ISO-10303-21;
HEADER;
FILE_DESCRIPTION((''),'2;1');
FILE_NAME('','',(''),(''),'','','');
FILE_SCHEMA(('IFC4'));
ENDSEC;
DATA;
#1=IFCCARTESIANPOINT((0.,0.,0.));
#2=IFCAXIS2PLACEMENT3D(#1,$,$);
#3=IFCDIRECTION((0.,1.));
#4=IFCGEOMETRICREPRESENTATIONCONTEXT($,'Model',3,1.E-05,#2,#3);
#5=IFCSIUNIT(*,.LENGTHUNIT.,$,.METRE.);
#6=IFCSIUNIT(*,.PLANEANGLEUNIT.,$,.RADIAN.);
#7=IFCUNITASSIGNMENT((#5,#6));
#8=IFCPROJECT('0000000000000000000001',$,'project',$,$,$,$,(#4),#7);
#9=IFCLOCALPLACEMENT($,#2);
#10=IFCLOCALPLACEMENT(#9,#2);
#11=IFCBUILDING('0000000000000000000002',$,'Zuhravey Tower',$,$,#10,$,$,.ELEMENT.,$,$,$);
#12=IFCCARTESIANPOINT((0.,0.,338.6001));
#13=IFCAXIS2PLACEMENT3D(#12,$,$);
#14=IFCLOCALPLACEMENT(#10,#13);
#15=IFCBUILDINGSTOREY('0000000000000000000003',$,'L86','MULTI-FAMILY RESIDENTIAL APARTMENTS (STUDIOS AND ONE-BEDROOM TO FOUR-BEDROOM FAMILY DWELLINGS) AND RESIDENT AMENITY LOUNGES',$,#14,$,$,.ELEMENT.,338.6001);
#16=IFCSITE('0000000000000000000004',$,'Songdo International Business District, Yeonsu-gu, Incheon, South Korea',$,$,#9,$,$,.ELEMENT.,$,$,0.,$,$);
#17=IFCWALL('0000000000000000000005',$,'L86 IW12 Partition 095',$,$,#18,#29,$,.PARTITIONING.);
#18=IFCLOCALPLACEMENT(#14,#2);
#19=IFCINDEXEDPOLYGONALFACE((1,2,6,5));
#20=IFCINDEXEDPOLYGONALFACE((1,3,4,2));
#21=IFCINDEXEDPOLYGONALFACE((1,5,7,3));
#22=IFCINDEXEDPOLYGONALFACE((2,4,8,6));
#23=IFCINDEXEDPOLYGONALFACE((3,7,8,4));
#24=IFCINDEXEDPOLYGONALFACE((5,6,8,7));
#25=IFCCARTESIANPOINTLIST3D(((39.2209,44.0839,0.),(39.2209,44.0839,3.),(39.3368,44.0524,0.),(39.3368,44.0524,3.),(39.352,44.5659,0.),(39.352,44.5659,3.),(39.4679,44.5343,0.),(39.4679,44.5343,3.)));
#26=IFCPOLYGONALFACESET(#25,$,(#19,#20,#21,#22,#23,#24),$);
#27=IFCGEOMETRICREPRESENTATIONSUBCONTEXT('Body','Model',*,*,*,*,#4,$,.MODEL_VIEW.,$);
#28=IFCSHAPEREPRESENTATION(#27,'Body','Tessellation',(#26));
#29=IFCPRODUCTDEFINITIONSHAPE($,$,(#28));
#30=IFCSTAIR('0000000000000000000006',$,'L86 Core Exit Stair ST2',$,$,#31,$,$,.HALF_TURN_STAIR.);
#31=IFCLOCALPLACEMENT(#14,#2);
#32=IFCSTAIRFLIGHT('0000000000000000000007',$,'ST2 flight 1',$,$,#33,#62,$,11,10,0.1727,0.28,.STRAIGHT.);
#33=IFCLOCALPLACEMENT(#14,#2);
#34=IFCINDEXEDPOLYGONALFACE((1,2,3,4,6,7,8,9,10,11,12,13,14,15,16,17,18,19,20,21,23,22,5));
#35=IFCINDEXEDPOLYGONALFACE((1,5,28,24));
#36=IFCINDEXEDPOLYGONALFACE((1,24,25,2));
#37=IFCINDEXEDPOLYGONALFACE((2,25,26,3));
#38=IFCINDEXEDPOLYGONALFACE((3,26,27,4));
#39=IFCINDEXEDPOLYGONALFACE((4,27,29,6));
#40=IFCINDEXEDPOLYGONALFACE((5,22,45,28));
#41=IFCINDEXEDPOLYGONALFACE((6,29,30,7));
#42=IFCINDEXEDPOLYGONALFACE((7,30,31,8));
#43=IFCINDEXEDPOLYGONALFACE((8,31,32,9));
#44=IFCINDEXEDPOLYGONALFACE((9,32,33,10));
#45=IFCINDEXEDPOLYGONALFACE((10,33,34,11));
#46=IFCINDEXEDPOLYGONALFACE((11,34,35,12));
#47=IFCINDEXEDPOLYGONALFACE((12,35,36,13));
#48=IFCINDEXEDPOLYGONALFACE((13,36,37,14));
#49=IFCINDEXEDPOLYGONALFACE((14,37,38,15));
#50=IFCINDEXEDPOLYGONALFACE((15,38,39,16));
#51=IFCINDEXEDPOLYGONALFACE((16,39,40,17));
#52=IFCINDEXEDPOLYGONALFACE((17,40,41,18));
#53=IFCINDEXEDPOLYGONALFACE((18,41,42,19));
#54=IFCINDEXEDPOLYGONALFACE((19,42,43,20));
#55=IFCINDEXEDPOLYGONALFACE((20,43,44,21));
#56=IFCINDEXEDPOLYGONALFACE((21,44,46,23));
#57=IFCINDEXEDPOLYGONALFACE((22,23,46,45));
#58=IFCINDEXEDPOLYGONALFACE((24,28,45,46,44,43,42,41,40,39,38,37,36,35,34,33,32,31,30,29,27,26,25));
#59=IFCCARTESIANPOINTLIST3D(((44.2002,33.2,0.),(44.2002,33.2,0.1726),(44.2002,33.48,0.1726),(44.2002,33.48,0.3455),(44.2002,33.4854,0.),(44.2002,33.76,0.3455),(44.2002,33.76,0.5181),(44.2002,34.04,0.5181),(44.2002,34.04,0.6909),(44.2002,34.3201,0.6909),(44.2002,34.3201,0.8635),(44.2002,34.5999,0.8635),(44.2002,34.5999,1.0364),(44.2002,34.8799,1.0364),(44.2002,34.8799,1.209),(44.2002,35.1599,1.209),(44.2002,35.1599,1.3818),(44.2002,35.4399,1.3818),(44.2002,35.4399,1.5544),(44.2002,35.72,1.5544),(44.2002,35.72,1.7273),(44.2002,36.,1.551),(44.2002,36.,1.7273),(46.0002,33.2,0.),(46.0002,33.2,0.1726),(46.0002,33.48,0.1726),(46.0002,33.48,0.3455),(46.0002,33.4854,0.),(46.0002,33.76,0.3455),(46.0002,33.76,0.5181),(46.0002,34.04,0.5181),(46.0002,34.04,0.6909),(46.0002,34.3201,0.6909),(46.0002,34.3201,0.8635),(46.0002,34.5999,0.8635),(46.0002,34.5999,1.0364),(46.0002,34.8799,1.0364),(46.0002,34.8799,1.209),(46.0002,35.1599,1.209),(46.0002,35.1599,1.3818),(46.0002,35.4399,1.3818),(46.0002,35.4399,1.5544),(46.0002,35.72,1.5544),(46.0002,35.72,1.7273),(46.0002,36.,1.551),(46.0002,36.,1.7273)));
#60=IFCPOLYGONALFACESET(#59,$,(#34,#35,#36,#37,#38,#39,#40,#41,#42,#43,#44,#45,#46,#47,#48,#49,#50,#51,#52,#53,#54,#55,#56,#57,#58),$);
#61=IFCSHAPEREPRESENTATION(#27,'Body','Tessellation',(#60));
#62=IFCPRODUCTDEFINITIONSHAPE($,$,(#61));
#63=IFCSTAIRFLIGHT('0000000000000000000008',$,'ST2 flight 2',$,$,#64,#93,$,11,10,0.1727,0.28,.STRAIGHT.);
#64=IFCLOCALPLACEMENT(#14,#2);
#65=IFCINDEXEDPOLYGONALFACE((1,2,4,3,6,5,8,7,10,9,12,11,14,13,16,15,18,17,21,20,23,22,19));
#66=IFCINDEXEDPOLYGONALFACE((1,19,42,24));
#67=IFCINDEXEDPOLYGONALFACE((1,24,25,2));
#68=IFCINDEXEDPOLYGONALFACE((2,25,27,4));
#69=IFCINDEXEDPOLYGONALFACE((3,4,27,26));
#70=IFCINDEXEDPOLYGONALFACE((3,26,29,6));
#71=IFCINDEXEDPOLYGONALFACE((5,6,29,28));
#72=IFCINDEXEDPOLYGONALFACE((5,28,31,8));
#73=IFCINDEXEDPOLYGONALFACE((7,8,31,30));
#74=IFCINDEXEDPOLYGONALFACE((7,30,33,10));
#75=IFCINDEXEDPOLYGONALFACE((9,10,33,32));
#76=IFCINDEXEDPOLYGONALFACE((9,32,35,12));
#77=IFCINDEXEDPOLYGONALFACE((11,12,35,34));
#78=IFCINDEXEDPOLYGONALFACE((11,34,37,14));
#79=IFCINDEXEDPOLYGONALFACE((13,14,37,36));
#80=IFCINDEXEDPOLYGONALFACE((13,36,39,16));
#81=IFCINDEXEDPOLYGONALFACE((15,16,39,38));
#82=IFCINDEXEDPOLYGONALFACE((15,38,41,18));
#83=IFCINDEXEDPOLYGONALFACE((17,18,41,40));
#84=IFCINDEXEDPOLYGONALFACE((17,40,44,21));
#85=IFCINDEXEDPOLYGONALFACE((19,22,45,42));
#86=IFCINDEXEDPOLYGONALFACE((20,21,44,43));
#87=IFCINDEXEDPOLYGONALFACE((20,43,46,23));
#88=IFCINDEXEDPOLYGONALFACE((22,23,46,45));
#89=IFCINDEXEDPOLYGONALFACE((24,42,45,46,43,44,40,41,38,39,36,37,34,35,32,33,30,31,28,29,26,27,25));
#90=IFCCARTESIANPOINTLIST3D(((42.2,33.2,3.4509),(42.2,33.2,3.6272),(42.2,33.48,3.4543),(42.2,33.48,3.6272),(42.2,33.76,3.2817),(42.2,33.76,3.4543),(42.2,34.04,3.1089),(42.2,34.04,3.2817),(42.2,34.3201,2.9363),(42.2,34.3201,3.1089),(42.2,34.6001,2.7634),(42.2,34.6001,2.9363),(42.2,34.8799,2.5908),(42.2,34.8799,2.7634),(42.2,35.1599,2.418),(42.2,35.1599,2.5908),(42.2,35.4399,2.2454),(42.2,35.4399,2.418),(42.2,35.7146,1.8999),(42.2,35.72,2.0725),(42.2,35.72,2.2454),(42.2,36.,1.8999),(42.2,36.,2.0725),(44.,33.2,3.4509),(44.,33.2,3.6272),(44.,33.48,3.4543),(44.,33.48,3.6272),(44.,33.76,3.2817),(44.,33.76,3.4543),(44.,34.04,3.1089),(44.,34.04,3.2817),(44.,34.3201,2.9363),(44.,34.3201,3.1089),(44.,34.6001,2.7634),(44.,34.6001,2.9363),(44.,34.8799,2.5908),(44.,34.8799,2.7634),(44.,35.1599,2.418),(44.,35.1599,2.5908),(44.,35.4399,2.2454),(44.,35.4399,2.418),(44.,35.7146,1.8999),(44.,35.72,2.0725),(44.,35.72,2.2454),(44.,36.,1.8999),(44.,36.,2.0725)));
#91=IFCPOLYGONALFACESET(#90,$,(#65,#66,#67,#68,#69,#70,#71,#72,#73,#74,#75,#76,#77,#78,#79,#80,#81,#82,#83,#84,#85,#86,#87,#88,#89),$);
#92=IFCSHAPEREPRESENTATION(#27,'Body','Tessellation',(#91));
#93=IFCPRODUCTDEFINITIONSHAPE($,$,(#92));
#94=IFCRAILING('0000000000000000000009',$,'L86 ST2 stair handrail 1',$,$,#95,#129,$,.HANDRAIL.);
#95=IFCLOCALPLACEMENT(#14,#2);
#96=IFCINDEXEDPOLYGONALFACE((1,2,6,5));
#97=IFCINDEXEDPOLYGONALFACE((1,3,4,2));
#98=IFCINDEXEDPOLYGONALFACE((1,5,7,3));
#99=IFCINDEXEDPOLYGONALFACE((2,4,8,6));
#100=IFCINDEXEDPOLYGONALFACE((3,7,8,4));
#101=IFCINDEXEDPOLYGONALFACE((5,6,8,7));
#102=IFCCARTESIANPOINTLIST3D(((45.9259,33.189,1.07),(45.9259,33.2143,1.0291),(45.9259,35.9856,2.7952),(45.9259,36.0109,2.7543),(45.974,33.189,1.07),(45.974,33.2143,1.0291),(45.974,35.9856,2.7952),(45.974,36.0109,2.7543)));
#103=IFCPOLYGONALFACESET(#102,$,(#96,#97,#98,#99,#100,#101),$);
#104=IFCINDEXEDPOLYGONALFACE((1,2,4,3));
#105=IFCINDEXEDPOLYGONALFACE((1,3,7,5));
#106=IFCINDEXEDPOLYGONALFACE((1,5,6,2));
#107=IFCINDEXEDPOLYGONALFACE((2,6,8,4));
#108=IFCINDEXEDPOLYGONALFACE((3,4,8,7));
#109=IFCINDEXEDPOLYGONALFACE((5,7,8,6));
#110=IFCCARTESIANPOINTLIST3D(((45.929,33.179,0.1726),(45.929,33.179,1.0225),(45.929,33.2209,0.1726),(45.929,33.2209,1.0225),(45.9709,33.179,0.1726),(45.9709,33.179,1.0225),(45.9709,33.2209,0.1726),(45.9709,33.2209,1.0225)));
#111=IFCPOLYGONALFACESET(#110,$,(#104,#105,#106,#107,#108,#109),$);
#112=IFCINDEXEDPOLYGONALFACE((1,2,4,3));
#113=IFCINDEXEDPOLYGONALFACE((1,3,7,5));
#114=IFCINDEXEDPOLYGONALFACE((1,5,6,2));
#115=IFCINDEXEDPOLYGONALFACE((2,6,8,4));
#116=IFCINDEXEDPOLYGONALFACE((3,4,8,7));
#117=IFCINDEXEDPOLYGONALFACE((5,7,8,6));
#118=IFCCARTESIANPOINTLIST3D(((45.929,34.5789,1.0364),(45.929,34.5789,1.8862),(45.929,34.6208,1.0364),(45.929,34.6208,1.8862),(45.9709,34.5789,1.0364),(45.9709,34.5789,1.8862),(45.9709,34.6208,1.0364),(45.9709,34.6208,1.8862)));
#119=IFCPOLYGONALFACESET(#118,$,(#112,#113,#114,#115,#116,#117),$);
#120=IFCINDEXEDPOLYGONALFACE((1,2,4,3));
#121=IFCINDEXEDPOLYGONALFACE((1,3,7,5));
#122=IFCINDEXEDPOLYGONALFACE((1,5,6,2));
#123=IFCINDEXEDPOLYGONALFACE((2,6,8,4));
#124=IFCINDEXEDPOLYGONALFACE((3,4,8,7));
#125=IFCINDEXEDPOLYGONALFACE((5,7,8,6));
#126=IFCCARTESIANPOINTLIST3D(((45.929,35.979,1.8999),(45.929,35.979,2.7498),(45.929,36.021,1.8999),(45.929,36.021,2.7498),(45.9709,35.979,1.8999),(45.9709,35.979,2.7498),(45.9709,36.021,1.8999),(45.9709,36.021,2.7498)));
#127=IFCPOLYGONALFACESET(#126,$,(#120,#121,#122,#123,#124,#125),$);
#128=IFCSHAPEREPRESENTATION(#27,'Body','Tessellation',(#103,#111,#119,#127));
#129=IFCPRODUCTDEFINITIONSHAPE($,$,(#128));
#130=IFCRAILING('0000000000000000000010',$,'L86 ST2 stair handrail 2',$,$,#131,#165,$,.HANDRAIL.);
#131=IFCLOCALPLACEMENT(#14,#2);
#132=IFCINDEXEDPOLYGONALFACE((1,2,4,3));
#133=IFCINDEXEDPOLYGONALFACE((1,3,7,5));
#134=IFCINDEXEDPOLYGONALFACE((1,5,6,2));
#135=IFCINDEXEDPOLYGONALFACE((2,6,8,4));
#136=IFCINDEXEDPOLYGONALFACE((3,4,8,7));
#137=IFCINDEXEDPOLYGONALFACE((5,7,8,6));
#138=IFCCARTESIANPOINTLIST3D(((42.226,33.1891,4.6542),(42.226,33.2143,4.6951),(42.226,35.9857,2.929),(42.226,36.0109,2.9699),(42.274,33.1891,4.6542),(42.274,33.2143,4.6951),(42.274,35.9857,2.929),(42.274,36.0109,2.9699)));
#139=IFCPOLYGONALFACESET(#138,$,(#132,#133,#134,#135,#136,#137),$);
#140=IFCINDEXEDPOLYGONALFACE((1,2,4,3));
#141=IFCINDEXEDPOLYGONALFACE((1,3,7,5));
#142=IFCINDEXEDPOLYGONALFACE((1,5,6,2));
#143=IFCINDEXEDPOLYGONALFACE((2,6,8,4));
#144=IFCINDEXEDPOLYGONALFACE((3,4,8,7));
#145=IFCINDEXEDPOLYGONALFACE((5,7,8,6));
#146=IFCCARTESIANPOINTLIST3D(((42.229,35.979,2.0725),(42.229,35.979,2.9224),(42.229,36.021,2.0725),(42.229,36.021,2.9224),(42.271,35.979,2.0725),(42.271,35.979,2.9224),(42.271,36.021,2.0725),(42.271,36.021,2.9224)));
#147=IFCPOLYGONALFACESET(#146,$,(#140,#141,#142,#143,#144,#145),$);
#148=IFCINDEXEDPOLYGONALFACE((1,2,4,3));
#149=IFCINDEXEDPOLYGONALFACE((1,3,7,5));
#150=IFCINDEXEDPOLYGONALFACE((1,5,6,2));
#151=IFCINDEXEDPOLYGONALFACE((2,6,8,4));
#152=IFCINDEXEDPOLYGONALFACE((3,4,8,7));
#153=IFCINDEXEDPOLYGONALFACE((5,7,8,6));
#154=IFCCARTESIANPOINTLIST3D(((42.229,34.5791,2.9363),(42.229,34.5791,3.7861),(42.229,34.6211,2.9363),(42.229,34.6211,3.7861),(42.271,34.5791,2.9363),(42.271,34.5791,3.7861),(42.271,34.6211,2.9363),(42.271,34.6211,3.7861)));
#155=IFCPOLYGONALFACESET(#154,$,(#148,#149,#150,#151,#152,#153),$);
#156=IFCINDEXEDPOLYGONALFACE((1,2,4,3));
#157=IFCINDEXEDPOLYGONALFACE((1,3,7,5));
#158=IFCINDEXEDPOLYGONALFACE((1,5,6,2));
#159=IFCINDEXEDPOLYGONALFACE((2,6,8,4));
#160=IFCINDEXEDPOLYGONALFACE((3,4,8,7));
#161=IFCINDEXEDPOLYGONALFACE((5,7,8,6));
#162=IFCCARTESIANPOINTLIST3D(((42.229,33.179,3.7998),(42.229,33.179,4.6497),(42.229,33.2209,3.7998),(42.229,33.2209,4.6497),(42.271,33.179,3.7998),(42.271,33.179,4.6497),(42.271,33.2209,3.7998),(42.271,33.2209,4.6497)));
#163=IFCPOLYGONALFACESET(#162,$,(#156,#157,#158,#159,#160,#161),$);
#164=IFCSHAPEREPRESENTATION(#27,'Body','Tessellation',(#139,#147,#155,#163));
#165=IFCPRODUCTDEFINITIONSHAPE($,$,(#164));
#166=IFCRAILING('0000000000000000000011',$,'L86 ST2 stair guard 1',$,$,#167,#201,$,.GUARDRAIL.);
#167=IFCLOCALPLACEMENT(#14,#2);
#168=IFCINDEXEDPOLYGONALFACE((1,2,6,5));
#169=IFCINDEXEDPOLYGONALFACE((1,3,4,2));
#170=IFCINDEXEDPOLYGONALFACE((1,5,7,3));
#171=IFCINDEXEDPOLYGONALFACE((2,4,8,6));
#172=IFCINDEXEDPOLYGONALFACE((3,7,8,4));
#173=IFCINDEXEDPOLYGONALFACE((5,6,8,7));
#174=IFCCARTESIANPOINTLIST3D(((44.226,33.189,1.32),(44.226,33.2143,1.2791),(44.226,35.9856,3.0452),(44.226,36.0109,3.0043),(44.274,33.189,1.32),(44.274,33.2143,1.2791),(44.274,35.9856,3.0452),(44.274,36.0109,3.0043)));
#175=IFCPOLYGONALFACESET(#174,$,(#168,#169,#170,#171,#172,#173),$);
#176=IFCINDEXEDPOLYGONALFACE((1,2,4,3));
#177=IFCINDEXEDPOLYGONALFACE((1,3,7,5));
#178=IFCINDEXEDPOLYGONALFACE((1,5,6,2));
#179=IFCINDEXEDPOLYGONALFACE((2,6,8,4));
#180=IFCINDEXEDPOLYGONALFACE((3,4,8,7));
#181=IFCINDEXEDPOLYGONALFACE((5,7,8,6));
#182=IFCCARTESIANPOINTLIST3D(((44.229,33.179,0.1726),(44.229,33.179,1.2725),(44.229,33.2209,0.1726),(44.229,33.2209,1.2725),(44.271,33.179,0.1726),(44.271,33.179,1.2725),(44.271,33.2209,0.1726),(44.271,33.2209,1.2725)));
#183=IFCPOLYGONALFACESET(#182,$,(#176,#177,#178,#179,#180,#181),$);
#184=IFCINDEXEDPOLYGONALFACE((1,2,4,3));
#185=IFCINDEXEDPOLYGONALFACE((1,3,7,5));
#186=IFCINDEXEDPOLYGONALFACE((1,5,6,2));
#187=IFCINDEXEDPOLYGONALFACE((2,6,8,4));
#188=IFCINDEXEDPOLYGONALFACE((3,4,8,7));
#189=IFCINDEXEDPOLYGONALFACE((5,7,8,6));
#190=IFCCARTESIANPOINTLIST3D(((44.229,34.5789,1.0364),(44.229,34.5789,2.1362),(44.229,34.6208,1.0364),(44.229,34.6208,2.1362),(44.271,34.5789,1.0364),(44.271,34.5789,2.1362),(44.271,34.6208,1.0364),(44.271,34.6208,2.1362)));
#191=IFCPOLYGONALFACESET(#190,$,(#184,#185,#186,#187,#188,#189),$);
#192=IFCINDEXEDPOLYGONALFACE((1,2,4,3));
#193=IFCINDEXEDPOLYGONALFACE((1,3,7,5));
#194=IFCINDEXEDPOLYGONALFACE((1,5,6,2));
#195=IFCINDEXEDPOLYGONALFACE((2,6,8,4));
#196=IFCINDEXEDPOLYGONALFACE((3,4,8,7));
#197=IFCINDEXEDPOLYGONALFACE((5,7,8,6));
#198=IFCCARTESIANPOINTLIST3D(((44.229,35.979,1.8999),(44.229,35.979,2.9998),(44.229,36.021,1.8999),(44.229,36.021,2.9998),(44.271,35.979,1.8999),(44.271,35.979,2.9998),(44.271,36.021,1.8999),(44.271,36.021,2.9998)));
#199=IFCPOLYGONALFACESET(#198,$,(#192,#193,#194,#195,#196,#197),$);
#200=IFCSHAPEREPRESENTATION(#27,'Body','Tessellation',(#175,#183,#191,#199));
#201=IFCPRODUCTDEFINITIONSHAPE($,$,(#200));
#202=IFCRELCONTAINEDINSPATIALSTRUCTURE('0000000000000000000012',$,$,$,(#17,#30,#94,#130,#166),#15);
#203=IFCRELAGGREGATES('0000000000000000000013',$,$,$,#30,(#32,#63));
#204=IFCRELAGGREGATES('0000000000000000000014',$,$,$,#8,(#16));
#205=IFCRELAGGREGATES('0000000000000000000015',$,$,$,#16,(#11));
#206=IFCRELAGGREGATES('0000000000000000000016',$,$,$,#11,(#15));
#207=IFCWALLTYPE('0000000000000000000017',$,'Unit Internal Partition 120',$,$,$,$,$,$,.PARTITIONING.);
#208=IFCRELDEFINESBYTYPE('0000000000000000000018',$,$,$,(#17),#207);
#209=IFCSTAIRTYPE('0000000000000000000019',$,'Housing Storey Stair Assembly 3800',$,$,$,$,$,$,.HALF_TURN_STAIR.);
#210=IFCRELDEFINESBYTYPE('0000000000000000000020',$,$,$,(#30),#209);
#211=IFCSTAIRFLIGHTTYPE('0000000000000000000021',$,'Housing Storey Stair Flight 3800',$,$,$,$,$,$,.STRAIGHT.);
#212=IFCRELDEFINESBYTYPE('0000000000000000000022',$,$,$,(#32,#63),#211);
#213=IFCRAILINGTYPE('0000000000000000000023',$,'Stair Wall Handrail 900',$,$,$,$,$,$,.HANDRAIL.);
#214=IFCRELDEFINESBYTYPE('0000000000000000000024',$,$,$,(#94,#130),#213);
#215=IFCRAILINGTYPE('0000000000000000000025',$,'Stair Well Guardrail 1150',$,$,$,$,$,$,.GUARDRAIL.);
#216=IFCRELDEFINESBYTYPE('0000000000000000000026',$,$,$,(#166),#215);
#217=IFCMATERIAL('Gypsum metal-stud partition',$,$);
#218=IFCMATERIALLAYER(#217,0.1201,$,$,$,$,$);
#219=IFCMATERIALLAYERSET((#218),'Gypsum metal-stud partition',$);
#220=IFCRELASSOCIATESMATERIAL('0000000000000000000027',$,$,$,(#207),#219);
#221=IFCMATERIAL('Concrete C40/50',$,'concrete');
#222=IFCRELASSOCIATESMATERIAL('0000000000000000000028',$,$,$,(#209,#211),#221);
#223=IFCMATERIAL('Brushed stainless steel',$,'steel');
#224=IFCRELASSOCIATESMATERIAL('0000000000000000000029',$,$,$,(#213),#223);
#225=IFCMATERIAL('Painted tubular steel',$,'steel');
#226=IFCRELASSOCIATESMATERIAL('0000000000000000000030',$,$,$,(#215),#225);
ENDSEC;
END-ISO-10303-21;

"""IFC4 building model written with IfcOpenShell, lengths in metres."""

from ifc_helpers import new_model, si_unit, direction, frame, frame_2d, origin, origin_2d, place, context, subcontext, project, spatial, polyline, rectangle, outline, extrude, material, layer, layer_set, type_object, element, aggregate, save


model = new_model("IFC4")

# Units and contexts
model_context = context("Model", 3, precision=1e-05, world=origin(), true_north=direction((0.0, 1.0)))
body_context = subcontext(model_context, "Body", "Model", "MODEL_VIEW")
ifc_project = project(units=[si_unit("LENGTHUNIT", "METRE"), si_unit("PLANEANGLEUNIT", "RADIAN")], contexts=[model_context])

# Site, building, storey
site_placement = place(None, origin())
site = spatial("IfcSite", under=ifc_project, at=site_placement, Name="Songdo International Business District, Yeonsu-gu, Incheon, South Korea", CompositionType="ELEMENT", RefElevation=0.0)
building_placement = place(site_placement, origin())
building = spatial("IfcBuilding", under=site, at=building_placement, Name="Zuhravey Tower", CompositionType="ELEMENT")
storey_placement = place(building_placement, frame((0.0, 0.0, 338.6001)))
storey = spatial("IfcBuildingStorey", under=building, at=storey_placement, Name="L86", Description="MULTI-FAMILY RESIDENTIAL APARTMENTS (STUDIOS AND ONE-BEDROOM TO FOUR-BEDROOM FAMILY DWELLINGS) AND RESIDENT AMENITY LOUNGES", CompositionType="ELEMENT", Elevation=338.6001)

# Shared definitions
ifc_material_1 = material(Name="Gypsum metal-stud partition")
ifc_layer_1 = layer(ifc_material_1, 0.1201)
ifc_layer_set_1 = layer_set([ifc_layer_1], Name="Gypsum metal-stud partition")
wall_type_1 = type_object("IfcWallType", Name="Unit Internal Partition 120", PredefinedType="PARTITIONING", material=ifc_layer_set_1)

# Wall
wall_1_placement = place(storey_placement, frame((39.2788, 44.0681, 0.0), z_axis=(0.0, 0.0, 1.0), x_axis=(0.262497, 0.964933, 0.0)))
element("IfcWall", 1, at=wall_1_placement, inside=storey, type_object=wall_type_1, Name="L86 IW12 Partition 095", PredefinedType="PARTITIONING", context=body_context, shape_type="SweptSolid", body=[
    extrude(rectangle(XDim=0.4995, YDim=0.1201, at=frame_2d((0.2498, 0.0))), origin(), (0.0, 0.0, 1.0), 3.0),
])

# Stair, stair flights
ifc_material_2 = material(Name="Concrete C40/50", Category="concrete")
stair_type = type_object("IfcStairType", Name="Housing Storey Stair Assembly 3800", PredefinedType="HALF_TURN_STAIR", material=ifc_material_2)
stair_placement = place(storey_placement, origin())
stair = element("IfcStair", 2, at=stair_placement, inside=storey, type_object=stair_type, Name="L86 Core Exit Stair ST2", PredefinedType="HALF_TURN_STAIR")
stair_flight_type = type_object("IfcStairFlightType", Name="Housing Storey Stair Flight 3800", PredefinedType="STRAIGHT", material=ifc_material_2)
stair_flight_1_placement = place(storey_placement, frame((45.1001, 33.2, 0.0), z_axis=(0.0, 0.0, 1.0), x_axis=(0.0, 1.0, 0.0)))
stair_flight_1 = element("IfcStairFlight", 3, at=stair_flight_1_placement, type_object=stair_flight_type, Name="ST2 flight 1", NumberOfRisers=11, NumberOfTreads=10, PredefinedType="STRAIGHT", RiserHeight=0.1727, TreadLength=0.28, context=body_context, shape_type="SweptSolid", body=[
    extrude(outline(polyline([(0.0, 0.0), (0.0, 0.1726), (0.28, 0.1726), (0.28, 0.3455), (0.5601, 0.3455), (0.5601, 0.5181), (0.8401, 0.5181), (0.8401, 0.6909), (1.1201, 0.6909), (1.1201, 0.8635), (1.3999, 0.8635), (1.3999, 1.0364), (1.6799, 1.0364), (1.6799, 1.209), (1.96, 1.209), (1.96, 1.3818), (2.24, 1.3818), (2.24, 1.5544), (2.52, 1.5544), (2.52, 1.7273), (2.8, 1.7273), (2.8, 1.8999), (2.8, 1.551), (0.2854, 0.0), (0.0, 0.0)])), frame((0.0, 0.8999, 0.0), z_axis=(0.0, -1.0, 0.0), x_axis=(1.0, 0.0, 0.0)), (0.0, 0.0, 1.0), 1.8),
])
stair_flight_2_placement = place(storey_placement, frame((43.1001, 36.0, 1.8999), z_axis=(0.0, 0.0, 1.0), x_axis=(0.0, -1.0, 0.0)))
stair_flight_2 = element("IfcStairFlight", 4, at=stair_flight_2_placement, type_object=stair_flight_type, Name="ST2 flight 2", NumberOfRisers=11, NumberOfTreads=10, PredefinedType="STRAIGHT", RiserHeight=0.1727, TreadLength=0.28, context=body_context, shape_type="SweptSolid", body=[
    extrude(outline(polyline([(0.0, 0.0), (0.0, 0.1726), (0.28, 0.1726), (0.28, 0.3455), (0.5601, 0.3455), (0.5601, 0.5181), (0.8401, 0.5181), (0.8401, 0.6909), (1.1201, 0.6909), (1.1201, 0.8635), (1.3999, 0.8635), (1.3999, 1.0364), (1.6799, 1.0364), (1.6799, 1.209), (1.96, 1.209), (1.96, 1.3818), (2.24, 1.3818), (2.24, 1.5544), (2.52, 1.5544), (2.52, 1.7273), (2.8, 1.7273), (2.8, 1.8999), (2.8, 1.551), (0.2854, 0.0), (0.0, 0.0)])), frame((0.0, 0.8999, 0.0), z_axis=(0.0, -1.0, 0.0), x_axis=(1.0, 0.0, 0.0)), (0.0, 0.0, 1.0), 1.8),
])
aggregate(stair, [stair_flight_1, stair_flight_2])

# Railings
ifc_material_3 = material(Name="Brushed stainless steel", Category="steel")
railing_type_1 = type_object("IfcRailingType", Name="Stair Wall Handrail 900", PredefinedType="HANDRAIL", material=ifc_material_3)
railing_1_placement = place(storey_placement, frame((45.95, 33.2, 0.1726)))
element("IfcRailing", 5, at=railing_1_placement, inside=storey, type_object=railing_type_1, Name="L86 ST2 stair handrail 1", PredefinedType="HANDRAIL", context=body_context, shape_type="SweptSolid", body=[
    extrude(rectangle(XDim=0.0481, YDim=0.0481, at=origin_2d()), frame((0.0, 0.0017, 0.877), z_axis=(0.0, 0.85109, 0.52502), x_axis=(-1.0, 0.0, 0.0)), (0.0, 0.0, 1.0), 3.2859),
    extrude(rectangle(XDim=0.042, YDim=0.042, at=origin_2d()), origin(), (0.0, 0.0, 1.0), 0.8499),
    extrude(rectangle(XDim=0.042, YDim=0.042, at=origin_2d()), frame((0.0, 1.3999, 0.8638)), (0.0, 0.0, 1.0), 0.8499),
    extrude(rectangle(XDim=0.042, YDim=0.042, at=origin_2d()), frame((0.0, 2.8, 1.7273)), (0.0, 0.0, 1.0), 0.8499),
])
railing_2_placement = place(storey_placement, frame((42.25, 36.0, 2.0725)))
element("IfcRailing", 6, at=railing_2_placement, inside=storey, type_object=railing_type_1, Name="L86 ST2 stair handrail 2", PredefinedType="HANDRAIL", context=body_context, shape_type="SweptSolid", body=[
    extrude(rectangle(XDim=0.0481, YDim=0.0481, at=origin_2d()), frame((0.0, -0.0017, 0.877), z_axis=(0.0, -0.85109, 0.52502), x_axis=(1.0, 0.0, 0.0)), (0.0, 0.0, 1.0), 3.2859),
    extrude(rectangle(XDim=0.042, YDim=0.042, at=origin_2d()), origin(), (0.0, 0.0, 1.0), 0.8499),
    extrude(rectangle(XDim=0.042, YDim=0.042, at=origin_2d()), frame((0.0, -1.3999, 0.8638)), (0.0, 0.0, 1.0), 0.8499),
    extrude(rectangle(XDim=0.042, YDim=0.042, at=origin_2d()), frame((0.0, -2.8, 1.7273)), (0.0, 0.0, 1.0), 0.8499),
])
ifc_material_4 = material(Name="Painted tubular steel", Category="steel")
railing_type_2 = type_object("IfcRailingType", Name="Stair Well Guardrail 1150", PredefinedType="GUARDRAIL", material=ifc_material_4)
railing_3_placement = place(storey_placement, frame((44.25, 33.2, 0.1726)))
element("IfcRailing", 7, at=railing_3_placement, inside=storey, type_object=railing_type_2, Name="L86 ST2 stair guard 1", PredefinedType="GUARDRAIL", context=body_context, shape_type="SweptSolid", body=[
    extrude(rectangle(XDim=0.0481, YDim=0.0481, at=origin_2d()), frame((0.0, 0.0017, 1.127), z_axis=(0.0, 0.85109, 0.52502), x_axis=(-1.0, 0.0, 0.0)), (0.0, 0.0, 1.0), 3.2859),
    extrude(rectangle(XDim=0.042, YDim=0.042, at=origin_2d()), origin(), (0.0, 0.0, 1.0), 1.0999),
    extrude(rectangle(XDim=0.042, YDim=0.042, at=origin_2d()), frame((0.0, 1.3999, 0.8638)), (0.0, 0.0, 1.0), 1.0999),
    extrude(rectangle(XDim=0.042, YDim=0.042, at=origin_2d()), frame((0.0, 2.8, 1.7273)), (0.0, 0.0, 1.0), 1.0999),
])

save(model, "model.ifc")
